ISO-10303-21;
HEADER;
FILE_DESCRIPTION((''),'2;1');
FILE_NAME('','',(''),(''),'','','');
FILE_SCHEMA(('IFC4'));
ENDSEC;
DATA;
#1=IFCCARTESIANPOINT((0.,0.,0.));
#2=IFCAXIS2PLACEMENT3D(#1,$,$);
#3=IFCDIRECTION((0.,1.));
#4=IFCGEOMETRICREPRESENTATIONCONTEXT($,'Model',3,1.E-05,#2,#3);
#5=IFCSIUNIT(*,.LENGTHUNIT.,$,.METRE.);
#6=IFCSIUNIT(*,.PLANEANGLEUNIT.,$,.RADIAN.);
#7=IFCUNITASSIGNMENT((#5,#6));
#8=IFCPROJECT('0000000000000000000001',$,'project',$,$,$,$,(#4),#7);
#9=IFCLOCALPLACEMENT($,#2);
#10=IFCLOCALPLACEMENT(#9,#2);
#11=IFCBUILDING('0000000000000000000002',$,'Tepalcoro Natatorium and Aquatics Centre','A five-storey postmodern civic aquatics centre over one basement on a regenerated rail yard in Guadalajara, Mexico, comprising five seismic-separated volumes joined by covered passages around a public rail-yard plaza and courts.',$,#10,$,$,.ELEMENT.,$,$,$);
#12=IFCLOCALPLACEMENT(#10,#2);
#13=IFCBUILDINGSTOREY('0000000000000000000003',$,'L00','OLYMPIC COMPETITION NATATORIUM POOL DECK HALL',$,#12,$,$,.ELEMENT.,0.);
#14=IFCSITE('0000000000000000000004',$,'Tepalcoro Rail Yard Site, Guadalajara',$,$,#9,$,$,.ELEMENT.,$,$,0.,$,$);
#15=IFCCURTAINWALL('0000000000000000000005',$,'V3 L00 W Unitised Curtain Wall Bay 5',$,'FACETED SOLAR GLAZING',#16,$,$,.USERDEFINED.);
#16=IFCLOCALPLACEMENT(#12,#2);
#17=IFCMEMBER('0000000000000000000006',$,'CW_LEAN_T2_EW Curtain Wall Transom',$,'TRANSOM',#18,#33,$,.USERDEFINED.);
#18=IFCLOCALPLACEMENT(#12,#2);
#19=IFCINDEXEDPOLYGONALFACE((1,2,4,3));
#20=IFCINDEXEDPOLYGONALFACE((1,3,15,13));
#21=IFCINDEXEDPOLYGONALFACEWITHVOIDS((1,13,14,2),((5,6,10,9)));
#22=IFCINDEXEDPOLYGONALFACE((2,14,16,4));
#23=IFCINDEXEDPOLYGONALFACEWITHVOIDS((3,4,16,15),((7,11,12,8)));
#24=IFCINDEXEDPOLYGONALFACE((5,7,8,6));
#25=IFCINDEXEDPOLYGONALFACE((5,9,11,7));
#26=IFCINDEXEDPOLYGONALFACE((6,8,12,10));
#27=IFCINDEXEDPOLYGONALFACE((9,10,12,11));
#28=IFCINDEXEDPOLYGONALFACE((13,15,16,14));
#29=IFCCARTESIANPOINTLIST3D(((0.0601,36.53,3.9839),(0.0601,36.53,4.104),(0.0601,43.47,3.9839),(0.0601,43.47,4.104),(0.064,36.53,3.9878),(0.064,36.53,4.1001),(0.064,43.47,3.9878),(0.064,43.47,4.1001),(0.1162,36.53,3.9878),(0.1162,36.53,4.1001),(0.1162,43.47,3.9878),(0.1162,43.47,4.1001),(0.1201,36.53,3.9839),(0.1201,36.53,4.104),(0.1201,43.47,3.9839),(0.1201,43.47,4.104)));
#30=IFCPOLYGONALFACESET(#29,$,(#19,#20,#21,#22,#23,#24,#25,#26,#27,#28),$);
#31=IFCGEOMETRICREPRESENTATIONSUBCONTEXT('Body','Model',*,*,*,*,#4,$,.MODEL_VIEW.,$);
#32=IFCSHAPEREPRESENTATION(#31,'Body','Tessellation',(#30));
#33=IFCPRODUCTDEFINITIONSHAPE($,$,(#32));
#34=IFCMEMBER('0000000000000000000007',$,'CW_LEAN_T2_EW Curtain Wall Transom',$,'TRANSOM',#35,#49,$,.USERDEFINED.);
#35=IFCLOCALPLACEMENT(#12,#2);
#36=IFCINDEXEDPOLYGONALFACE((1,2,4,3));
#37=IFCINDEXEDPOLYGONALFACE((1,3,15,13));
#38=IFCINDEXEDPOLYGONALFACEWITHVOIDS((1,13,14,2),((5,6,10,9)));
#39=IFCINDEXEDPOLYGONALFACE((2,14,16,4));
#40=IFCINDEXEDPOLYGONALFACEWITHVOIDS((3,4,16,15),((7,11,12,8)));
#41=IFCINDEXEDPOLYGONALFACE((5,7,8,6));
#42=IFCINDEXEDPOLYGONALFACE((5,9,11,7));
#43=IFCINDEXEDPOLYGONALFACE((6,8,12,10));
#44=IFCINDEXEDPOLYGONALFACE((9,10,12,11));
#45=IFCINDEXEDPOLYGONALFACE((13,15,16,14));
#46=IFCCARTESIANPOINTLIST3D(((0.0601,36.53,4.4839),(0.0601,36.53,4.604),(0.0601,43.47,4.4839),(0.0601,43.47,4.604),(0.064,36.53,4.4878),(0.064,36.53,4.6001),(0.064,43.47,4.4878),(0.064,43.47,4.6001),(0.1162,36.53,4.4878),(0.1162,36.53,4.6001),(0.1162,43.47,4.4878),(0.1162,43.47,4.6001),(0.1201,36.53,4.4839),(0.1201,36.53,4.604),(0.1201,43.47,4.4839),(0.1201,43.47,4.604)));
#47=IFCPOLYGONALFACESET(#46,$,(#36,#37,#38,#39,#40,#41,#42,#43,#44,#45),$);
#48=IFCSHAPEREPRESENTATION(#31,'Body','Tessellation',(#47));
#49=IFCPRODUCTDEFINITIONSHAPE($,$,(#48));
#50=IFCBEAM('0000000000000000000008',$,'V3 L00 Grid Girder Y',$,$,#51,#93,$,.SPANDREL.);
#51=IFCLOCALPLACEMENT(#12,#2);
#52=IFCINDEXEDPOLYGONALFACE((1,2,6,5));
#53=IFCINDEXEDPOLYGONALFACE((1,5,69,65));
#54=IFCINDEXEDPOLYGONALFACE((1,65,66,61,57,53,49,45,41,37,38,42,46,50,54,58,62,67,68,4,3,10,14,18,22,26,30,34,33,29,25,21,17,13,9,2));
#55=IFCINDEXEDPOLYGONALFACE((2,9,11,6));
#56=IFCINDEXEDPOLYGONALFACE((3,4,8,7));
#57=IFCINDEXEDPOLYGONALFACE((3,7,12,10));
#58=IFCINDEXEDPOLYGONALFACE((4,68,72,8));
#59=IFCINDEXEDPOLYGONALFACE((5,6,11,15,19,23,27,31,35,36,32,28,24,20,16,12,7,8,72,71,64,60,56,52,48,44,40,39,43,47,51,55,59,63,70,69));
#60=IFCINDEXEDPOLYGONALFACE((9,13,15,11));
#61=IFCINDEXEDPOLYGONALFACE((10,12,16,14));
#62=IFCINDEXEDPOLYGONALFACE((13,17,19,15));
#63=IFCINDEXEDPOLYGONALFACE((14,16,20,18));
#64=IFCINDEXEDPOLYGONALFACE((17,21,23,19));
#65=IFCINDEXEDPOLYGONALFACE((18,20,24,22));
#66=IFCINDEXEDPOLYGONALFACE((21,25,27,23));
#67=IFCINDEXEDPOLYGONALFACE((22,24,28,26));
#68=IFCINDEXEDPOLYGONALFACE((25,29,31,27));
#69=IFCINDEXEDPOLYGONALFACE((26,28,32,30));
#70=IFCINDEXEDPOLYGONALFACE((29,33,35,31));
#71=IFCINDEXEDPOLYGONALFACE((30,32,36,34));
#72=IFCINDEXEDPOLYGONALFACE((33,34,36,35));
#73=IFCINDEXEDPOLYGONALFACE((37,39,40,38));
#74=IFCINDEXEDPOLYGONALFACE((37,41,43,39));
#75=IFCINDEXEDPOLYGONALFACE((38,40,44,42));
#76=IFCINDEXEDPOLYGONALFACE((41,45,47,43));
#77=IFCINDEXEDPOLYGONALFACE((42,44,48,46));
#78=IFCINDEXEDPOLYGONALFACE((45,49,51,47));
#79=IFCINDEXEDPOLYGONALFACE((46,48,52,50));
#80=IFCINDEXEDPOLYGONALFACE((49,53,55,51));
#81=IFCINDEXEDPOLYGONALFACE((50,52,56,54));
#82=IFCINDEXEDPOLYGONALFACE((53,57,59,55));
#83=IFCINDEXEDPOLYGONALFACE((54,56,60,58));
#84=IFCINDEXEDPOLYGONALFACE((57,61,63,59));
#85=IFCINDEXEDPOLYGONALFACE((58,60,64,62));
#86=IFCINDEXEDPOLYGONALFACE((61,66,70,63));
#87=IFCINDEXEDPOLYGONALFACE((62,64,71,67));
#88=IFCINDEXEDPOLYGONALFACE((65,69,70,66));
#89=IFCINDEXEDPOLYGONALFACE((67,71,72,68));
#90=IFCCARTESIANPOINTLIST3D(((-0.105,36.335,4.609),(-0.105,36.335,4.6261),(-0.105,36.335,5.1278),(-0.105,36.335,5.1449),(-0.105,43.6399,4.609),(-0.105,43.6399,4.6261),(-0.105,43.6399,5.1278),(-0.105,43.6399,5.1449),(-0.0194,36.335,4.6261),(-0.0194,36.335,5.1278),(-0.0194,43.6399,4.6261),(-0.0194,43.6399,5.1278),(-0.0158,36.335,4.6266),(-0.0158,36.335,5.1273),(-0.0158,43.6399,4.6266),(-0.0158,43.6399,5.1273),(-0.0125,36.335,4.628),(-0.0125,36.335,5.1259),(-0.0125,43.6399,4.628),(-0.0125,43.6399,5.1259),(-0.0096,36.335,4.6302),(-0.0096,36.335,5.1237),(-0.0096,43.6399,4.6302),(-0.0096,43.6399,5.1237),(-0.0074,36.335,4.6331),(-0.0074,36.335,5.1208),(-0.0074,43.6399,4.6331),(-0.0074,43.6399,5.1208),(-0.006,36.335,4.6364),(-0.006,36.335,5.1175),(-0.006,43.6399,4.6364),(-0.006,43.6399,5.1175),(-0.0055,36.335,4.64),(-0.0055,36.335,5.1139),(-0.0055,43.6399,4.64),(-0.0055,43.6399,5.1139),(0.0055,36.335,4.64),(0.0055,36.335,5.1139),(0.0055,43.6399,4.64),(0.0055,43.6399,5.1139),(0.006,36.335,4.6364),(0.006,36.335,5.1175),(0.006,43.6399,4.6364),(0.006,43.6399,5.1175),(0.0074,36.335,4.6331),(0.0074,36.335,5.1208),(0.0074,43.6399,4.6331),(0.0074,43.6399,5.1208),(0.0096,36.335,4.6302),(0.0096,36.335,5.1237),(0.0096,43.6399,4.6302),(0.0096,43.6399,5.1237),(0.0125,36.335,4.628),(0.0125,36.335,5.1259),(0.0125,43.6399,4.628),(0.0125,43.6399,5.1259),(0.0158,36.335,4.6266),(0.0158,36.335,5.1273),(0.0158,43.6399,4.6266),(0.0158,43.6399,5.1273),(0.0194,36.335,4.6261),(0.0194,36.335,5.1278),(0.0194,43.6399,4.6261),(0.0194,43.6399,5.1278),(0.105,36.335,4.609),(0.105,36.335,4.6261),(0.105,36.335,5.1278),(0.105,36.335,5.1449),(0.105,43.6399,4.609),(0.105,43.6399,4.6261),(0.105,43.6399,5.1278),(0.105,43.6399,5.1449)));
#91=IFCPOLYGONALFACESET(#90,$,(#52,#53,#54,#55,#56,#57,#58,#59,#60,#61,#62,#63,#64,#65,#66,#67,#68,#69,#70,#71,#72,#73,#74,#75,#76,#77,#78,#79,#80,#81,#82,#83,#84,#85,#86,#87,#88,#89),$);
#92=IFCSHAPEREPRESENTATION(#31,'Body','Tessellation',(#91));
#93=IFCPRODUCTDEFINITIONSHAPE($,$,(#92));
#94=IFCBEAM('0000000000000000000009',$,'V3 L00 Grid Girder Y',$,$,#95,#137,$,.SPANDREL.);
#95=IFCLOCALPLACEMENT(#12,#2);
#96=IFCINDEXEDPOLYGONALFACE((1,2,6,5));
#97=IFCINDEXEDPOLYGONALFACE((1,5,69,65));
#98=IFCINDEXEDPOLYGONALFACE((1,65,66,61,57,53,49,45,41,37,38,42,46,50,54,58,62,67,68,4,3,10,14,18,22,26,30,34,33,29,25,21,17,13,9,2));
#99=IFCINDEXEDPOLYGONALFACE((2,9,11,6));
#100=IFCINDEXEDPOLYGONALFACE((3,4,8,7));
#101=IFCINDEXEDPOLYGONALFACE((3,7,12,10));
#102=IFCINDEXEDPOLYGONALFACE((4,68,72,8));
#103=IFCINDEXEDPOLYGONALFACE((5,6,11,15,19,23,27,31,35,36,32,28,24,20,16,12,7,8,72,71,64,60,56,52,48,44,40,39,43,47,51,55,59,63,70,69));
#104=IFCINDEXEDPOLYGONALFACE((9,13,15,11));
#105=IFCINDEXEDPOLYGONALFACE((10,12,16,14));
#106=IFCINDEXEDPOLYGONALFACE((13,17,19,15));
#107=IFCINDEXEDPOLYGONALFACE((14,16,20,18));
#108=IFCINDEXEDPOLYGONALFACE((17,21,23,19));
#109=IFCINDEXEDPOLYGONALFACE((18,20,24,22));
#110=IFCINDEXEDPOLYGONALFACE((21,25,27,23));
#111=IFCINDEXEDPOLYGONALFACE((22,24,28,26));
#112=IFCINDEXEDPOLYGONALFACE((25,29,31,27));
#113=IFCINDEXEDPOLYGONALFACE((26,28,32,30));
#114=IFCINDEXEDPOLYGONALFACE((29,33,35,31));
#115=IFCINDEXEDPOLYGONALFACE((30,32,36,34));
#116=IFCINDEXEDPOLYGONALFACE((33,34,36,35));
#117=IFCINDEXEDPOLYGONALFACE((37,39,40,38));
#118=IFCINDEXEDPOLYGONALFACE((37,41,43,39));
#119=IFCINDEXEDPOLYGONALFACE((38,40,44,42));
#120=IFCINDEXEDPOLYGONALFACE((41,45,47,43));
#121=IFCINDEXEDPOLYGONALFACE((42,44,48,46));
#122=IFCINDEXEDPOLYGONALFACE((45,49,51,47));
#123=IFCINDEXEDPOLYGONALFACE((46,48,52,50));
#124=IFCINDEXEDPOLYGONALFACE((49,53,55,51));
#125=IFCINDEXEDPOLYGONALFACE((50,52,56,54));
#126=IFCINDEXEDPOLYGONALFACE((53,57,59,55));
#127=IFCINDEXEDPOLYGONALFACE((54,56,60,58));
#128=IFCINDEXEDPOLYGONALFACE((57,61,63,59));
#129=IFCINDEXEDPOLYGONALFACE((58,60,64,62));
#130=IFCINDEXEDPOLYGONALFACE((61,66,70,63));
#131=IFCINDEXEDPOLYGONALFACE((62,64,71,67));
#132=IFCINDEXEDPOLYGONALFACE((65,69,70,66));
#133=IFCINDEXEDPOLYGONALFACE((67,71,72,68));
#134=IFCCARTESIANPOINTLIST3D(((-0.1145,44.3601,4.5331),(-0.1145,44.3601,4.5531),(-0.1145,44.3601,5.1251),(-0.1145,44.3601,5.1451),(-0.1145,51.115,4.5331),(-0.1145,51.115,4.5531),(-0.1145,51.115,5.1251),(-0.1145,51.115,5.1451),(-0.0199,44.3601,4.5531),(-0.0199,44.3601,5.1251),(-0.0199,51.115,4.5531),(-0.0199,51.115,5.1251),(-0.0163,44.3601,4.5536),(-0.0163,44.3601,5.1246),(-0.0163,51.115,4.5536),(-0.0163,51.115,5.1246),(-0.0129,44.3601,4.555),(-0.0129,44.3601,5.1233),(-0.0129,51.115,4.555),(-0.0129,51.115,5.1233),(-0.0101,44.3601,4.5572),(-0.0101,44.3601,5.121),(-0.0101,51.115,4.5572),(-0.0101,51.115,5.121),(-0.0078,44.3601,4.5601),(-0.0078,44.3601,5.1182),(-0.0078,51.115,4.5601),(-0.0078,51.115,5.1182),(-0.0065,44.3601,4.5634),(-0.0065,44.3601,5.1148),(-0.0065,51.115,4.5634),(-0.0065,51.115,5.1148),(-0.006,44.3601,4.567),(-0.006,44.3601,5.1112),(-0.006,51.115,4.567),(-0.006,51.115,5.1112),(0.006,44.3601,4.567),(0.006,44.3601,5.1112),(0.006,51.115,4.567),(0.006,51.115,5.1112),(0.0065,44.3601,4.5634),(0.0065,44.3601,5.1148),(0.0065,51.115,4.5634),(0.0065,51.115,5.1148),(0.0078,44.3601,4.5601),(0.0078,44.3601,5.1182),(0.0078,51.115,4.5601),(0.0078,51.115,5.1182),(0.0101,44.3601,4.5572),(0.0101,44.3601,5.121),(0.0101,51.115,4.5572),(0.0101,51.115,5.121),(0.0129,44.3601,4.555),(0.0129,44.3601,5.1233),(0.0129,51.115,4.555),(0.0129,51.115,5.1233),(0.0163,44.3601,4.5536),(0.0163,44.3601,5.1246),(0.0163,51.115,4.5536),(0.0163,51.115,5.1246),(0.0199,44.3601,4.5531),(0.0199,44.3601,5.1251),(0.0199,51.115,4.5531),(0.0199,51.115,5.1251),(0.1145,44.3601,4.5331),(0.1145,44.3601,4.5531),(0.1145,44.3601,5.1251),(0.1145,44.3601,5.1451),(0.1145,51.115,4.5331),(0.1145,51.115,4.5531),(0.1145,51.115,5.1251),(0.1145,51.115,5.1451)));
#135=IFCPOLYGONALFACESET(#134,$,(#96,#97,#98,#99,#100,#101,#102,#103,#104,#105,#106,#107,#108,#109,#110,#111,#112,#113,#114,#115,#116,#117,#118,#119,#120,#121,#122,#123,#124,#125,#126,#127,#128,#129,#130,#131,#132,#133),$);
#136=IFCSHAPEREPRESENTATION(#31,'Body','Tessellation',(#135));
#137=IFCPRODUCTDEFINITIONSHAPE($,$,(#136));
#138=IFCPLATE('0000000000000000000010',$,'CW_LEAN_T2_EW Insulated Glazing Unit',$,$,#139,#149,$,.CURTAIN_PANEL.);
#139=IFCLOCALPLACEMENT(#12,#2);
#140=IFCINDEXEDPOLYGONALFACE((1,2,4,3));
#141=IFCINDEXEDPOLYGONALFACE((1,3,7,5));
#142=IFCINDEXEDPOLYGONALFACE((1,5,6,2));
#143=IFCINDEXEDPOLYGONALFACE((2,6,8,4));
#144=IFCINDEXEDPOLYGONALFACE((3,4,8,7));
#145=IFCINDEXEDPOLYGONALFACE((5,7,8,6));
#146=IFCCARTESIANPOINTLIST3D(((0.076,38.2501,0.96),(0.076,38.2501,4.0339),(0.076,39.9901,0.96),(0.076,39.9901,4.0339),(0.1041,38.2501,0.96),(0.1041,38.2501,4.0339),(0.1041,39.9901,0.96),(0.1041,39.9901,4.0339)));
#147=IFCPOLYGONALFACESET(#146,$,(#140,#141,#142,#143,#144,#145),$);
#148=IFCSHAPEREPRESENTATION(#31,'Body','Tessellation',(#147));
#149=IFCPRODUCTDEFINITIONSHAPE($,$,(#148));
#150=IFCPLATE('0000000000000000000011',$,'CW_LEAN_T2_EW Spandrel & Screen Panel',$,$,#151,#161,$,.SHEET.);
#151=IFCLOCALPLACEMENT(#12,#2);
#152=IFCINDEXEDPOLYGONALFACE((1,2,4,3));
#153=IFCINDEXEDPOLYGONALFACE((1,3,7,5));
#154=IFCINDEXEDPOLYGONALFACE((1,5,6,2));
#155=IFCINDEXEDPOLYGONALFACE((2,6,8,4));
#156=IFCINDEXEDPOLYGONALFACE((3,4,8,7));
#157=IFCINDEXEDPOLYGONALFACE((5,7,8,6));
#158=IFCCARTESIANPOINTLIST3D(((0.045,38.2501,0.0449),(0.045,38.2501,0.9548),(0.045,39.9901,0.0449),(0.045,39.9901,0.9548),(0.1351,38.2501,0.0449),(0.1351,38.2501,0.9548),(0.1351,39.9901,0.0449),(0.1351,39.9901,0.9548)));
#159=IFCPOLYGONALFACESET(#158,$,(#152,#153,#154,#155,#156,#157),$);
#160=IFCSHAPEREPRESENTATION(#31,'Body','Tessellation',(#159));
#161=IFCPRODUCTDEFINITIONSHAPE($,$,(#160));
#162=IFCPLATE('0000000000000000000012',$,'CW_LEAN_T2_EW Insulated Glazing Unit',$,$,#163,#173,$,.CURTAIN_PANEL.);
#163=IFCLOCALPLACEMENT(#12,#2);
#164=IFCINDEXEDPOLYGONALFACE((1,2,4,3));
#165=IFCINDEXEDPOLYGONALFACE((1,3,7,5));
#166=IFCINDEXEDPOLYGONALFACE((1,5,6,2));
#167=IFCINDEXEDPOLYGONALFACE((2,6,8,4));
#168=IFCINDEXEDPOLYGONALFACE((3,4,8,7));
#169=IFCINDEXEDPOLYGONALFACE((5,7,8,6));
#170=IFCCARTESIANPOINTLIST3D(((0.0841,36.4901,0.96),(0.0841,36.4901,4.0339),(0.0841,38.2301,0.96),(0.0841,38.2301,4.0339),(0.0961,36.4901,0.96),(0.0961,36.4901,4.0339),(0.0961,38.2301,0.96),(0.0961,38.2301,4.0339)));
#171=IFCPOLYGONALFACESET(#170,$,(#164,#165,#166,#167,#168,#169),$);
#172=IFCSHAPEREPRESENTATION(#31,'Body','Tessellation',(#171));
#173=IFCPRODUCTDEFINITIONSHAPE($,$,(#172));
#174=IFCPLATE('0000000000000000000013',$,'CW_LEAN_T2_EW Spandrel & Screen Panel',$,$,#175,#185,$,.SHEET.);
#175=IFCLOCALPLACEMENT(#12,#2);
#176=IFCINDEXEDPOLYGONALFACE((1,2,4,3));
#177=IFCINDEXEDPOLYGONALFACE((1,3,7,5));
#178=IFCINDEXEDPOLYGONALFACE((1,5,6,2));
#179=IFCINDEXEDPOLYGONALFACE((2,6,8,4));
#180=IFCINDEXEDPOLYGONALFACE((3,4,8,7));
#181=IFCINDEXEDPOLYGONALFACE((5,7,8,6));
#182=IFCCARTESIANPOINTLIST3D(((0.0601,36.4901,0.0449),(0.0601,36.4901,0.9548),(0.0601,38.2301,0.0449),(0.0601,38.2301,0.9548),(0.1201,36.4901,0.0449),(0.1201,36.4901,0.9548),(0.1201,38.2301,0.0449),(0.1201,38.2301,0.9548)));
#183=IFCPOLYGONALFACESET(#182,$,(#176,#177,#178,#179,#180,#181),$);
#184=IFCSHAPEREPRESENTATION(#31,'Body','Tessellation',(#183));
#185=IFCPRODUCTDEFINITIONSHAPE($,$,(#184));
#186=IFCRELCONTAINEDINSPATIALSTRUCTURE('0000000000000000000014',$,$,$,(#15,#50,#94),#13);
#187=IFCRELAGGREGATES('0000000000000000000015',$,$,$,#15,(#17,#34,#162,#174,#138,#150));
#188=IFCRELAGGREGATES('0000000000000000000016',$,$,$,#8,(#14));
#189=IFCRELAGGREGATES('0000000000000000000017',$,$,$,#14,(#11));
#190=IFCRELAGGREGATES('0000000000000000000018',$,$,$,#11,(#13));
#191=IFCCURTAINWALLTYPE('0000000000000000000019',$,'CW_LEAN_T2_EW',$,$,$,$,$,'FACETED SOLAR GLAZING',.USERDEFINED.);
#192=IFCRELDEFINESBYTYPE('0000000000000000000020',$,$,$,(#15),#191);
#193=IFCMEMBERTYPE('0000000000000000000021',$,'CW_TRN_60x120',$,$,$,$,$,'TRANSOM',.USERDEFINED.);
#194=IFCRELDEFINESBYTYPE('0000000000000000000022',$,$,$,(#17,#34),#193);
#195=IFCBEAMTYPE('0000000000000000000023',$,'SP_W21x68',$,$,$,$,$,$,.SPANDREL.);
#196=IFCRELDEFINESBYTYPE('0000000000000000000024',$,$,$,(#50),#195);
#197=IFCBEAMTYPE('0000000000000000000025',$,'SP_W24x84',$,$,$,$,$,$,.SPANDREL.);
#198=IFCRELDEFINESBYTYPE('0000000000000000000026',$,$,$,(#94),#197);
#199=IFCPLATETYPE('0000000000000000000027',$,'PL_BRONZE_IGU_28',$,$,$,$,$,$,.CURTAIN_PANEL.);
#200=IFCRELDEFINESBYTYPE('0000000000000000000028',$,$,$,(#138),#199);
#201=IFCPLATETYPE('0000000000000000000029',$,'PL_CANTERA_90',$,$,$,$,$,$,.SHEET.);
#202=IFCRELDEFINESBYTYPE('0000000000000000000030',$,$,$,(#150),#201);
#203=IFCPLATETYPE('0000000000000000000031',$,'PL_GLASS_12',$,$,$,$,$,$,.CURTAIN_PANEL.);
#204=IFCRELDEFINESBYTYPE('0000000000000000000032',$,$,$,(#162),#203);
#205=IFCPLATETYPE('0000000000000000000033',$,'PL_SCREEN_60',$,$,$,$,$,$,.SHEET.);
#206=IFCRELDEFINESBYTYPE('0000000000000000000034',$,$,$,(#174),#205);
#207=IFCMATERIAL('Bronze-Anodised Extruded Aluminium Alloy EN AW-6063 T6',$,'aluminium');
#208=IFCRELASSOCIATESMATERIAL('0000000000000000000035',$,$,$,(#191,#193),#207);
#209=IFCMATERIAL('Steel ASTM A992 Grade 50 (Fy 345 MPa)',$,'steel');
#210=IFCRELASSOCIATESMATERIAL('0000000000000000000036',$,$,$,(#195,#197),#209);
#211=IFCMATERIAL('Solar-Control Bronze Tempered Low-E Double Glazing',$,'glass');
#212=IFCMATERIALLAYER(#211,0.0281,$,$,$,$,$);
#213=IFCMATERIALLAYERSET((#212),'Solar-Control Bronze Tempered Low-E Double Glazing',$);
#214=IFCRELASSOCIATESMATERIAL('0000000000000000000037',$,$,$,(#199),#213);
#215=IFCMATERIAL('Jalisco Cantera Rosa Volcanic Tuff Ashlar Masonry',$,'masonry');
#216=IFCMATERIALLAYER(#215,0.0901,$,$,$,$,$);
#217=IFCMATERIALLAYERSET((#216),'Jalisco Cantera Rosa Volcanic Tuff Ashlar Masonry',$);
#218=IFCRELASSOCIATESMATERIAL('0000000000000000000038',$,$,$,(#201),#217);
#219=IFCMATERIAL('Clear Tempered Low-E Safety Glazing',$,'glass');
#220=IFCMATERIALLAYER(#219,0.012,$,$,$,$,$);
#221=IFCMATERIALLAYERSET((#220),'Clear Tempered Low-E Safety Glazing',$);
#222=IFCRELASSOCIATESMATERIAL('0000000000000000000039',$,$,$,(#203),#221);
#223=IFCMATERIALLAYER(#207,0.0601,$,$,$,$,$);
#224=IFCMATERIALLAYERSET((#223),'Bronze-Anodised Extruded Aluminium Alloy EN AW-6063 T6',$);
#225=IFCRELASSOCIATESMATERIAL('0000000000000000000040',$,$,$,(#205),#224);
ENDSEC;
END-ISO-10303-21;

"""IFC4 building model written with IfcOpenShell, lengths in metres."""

from ifc_helpers import new_model, si_unit, direction, frame, origin, origin_2d, place, context, subcontext, project, spatial, rectangle, hollow_rectangle, i_section, extrude, material, layer, layer_set, material_profile, profile_set, type_object, element, aggregate, save


model = new_model("IFC4")

# Units and contexts
model_context = context("Model", 3, precision=1e-05, world=origin(), true_north=direction((0.0, 1.0)))
body_context = subcontext(model_context, "Body", "Model", "MODEL_VIEW")
ifc_project = project(units=[si_unit("LENGTHUNIT", "METRE"), si_unit("PLANEANGLEUNIT", "RADIAN")], contexts=[model_context])

# Site, building, storey
site_placement = place(None, origin())
site = spatial("IfcSite", under=ifc_project, at=site_placement, Name="Tepalcoro Rail Yard Site, Guadalajara", CompositionType="ELEMENT", RefElevation=0.0)
building_placement = place(site_placement, origin())
building = spatial("IfcBuilding", under=site, at=building_placement, Name="Tepalcoro Natatorium and Aquatics Centre", Description="A five-storey postmodern civic aquatics centre over one basement on a regenerated rail yard in Guadalajara, Mexico, comprising five seismic-separated volumes joined by covered passages around a public rail-yard plaza and courts.", CompositionType="ELEMENT")
storey_placement = place(building_placement, origin())
storey = spatial("IfcBuildingStorey", under=building, at=storey_placement, Name="L00", Description="OLYMPIC COMPETITION NATATORIUM POOL DECK HALL", CompositionType="ELEMENT", Elevation=0.0)

# Curtain wall, members
ifc_material_1 = material(Name="Bronze-Anodised Extruded Aluminium Alloy EN AW-6063 T6", Category="aluminium")
curtain_wall_type = type_object("IfcCurtainWallType", Name="CW_LEAN_T2_EW", ElementType="FACETED SOLAR GLAZING", PredefinedType="USERDEFINED", material=ifc_material_1)
curtain_wall_placement = place(storey_placement, origin())
curtain_wall = element("IfcCurtainWall", 1, at=curtain_wall_placement, inside=storey, type_object=curtain_wall_type, Name="V3 L00 W Unitised Curtain Wall Bay 5", ObjectType="FACETED SOLAR GLAZING", PredefinedType="USERDEFINED")
ifc_material_profile_1 = material_profile(ifc_material_1, hollow_rectangle(XDim=0.0601, YDim=0.1201, WallThickness=0.0039, at=origin_2d()), Name="AL60X120X4")
ifc_profile_set_1 = profile_set([ifc_material_profile_1], Name="Bronze-Anodised Extruded Aluminium Alloy EN AW-6063 T6")
member_type_1 = type_object("IfcMemberType", Name="CW_TRN_60x120", ElementType="TRANSOM", PredefinedType="USERDEFINED", material=ifc_profile_set_1)
member_1_placement = place(storey_placement, frame((0.0901, 36.53, 4.0439), z_axis=(0.0, 1.0, 0.0), x_axis=(-1.0, 0.0, 0.0)))
member_1 = element("IfcMember", 2, at=member_1_placement, type_object=member_type_1, Name="CW_LEAN_T2_EW Curtain Wall Transom", ObjectType="TRANSOM", PredefinedType="USERDEFINED", context=body_context, shape_type="SweptSolid", body=[
    extrude(hollow_rectangle(XDim=0.0601, YDim=0.1201, WallThickness=0.0039, at=origin_2d()), origin(), (0.0, 0.0, 1.0), 6.9399),
])
member_2_placement = place(storey_placement, frame((0.0901, 36.53, 4.5439), z_axis=(0.0, 1.0, 0.0), x_axis=(-1.0, 0.0, 0.0)))
member_2 = element("IfcMember", 3, at=member_2_placement, type_object=member_type_1, Name="CW_LEAN_T2_EW Curtain Wall Transom", ObjectType="TRANSOM", PredefinedType="USERDEFINED", context=body_context, shape_type="SweptSolid", body=[
    extrude(hollow_rectangle(XDim=0.0601, YDim=0.1201, WallThickness=0.0039, at=origin_2d()), origin(), (0.0, 0.0, 1.0), 6.9399),
])

# Beams
ifc_material_2 = material(Name="Steel ASTM A992 Grade 50 (Fy 345 MPa)", Category="steel")
ifc_material_profile_2 = material_profile(ifc_material_2, i_section(OverallWidth=0.21, OverallDepth=0.5359, WebThickness=0.011, FlangeThickness=0.0171, FilletRadius=0.0139, at=origin_2d()), Name="W21X68")
ifc_profile_set_2 = profile_set([ifc_material_profile_2], Name="Steel ASTM A992 Grade 50 (Fy 345 MPa)")
beam_type_1 = type_object("IfcBeamType", Name="SP_W21x68", PredefinedType="SPANDREL", material=ifc_profile_set_2)
beam_1_placement = place(storey_placement, frame((0.0, 36.335, 4.877), z_axis=(0.0, 1.0, 0.0), x_axis=(-1.0, 0.0, 0.0)))
element("IfcBeam", 4, at=beam_1_placement, inside=storey, type_object=beam_type_1, Name="V3 L00 Grid Girder Y", PredefinedType="SPANDREL", context=body_context, shape_type="SweptSolid", body=[
    extrude(i_section(OverallWidth=0.21, OverallDepth=0.5359, WebThickness=0.011, FlangeThickness=0.0171, FilletRadius=0.0139, at=origin_2d()), origin(), (0.0, 0.0, 1.0), 7.3049),
])
ifc_material_profile_3 = material_profile(ifc_material_2, i_section(OverallWidth=0.229, OverallDepth=0.6121, WebThickness=0.012, FlangeThickness=0.02, FilletRadius=0.0139, at=origin_2d()), Name="W24X84")
ifc_profile_set_3 = profile_set([ifc_material_profile_3], Name="Steel ASTM A992 Grade 50 (Fy 345 MPa)")
beam_type_2 = type_object("IfcBeamType", Name="SP_W24x84", PredefinedType="SPANDREL", material=ifc_profile_set_3)
beam_2_placement = place(storey_placement, frame((0.0, 44.3601, 4.8391), z_axis=(0.0, 1.0, 0.0), x_axis=(-1.0, 0.0, 0.0)))
element("IfcBeam", 5, at=beam_2_placement, inside=storey, type_object=beam_type_2, Name="V3 L00 Grid Girder Y", PredefinedType="SPANDREL", context=body_context, shape_type="SweptSolid", body=[
    extrude(i_section(OverallWidth=0.229, OverallDepth=0.6121, WebThickness=0.012, FlangeThickness=0.02, FilletRadius=0.0139, at=origin_2d()), origin(), (0.0, 0.0, 1.0), 6.7549),
])

# Plates
ifc_material_3 = material(Name="Solar-Control Bronze Tempered Low-E Double Glazing", Category="glass")
ifc_layer_1 = layer(ifc_material_3, 0.0281)
ifc_layer_set_1 = layer_set([ifc_layer_1], Name="Solar-Control Bronze Tempered Low-E Double Glazing")
plate_type_1 = type_object("IfcPlateType", Name="PL_BRONZE_IGU_28", PredefinedType="CURTAIN_PANEL", material=ifc_layer_set_1)
plate_1_placement = place(storey_placement, frame((0.0901, 39.1201, 0.96), z_axis=(0.0, 0.0, 1.0), x_axis=(1.0, 0.0, 0.0)))
plate_1 = element("IfcPlate", 6, at=plate_1_placement, type_object=plate_type_1, Name="CW_LEAN_T2_EW Insulated Glazing Unit", PredefinedType="CURTAIN_PANEL", context=body_context, shape_type="SweptSolid", body=[
    extrude(rectangle(XDim=0.0281, YDim=1.74, at=origin_2d()), origin(), (0.0, 0.0, 1.0), 3.074),
])
ifc_material_4 = material(Name="Jalisco Cantera Rosa Volcanic Tuff Ashlar Masonry", Category="masonry")
ifc_layer_2 = layer(ifc_material_4, 0.0901)
ifc_layer_set_2 = layer_set([ifc_layer_2], Name="Jalisco Cantera Rosa Volcanic Tuff Ashlar Masonry")
plate_type_2 = type_object("IfcPlateType", Name="PL_CANTERA_90", PredefinedType="SHEET", material=ifc_layer_set_2)
plate_2_placement = place(storey_placement, frame((0.0901, 39.1201, 0.0449), z_axis=(0.0, 0.0, 1.0), x_axis=(1.0, 0.0, 0.0)))
plate_2 = element("IfcPlate", 7, at=plate_2_placement, type_object=plate_type_2, Name="CW_LEAN_T2_EW Spandrel & Screen Panel", PredefinedType="SHEET", context=body_context, shape_type="SweptSolid", body=[
    extrude(rectangle(XDim=0.0901, YDim=1.74, at=origin_2d()), origin(), (0.0, 0.0, 1.0), 0.9099),
])
ifc_material_5 = material(Name="Clear Tempered Low-E Safety Glazing", Category="glass")
ifc_layer_3 = layer(ifc_material_5, 0.012)
ifc_layer_set_3 = layer_set([ifc_layer_3], Name="Clear Tempered Low-E Safety Glazing")
plate_type_3 = type_object("IfcPlateType", Name="PL_GLASS_12", PredefinedType="CURTAIN_PANEL", material=ifc_layer_set_3)
plate_3_placement = place(storey_placement, frame((0.0901, 37.3601, 0.96), z_axis=(0.0, 0.0, 1.0), x_axis=(1.0, 0.0, 0.0)))
plate_3 = element("IfcPlate", 8, at=plate_3_placement, type_object=plate_type_3, Name="CW_LEAN_T2_EW Insulated Glazing Unit", PredefinedType="CURTAIN_PANEL", context=body_context, shape_type="SweptSolid", body=[
    extrude(rectangle(XDim=0.012, YDim=1.74, at=origin_2d()), origin(), (0.0, 0.0, 1.0), 3.074),
])
ifc_layer_4 = layer(ifc_material_1, 0.0601)
ifc_layer_set_4 = layer_set([ifc_layer_4], Name="Bronze-Anodised Extruded Aluminium Alloy EN AW-6063 T6")
plate_type_4 = type_object("IfcPlateType", Name="PL_SCREEN_60", PredefinedType="SHEET", material=ifc_layer_set_4)
plate_4_placement = place(storey_placement, frame((0.0901, 37.3601, 0.0449), z_axis=(0.0, 0.0, 1.0), x_axis=(1.0, 0.0, 0.0)))
plate_4 = element("IfcPlate", 9, at=plate_4_placement, type_object=plate_type_4, Name="CW_LEAN_T2_EW Spandrel & Screen Panel", PredefinedType="SHEET", context=body_context, shape_type="SweptSolid", body=[
    extrude(rectangle(XDim=0.0601, YDim=1.74, at=origin_2d()), origin(), (0.0, 0.0, 1.0), 0.9099),
])
aggregate(curtain_wall, [member_1, member_2, plate_3, plate_4, plate_1, plate_2])

save(model, "model.ifc")
